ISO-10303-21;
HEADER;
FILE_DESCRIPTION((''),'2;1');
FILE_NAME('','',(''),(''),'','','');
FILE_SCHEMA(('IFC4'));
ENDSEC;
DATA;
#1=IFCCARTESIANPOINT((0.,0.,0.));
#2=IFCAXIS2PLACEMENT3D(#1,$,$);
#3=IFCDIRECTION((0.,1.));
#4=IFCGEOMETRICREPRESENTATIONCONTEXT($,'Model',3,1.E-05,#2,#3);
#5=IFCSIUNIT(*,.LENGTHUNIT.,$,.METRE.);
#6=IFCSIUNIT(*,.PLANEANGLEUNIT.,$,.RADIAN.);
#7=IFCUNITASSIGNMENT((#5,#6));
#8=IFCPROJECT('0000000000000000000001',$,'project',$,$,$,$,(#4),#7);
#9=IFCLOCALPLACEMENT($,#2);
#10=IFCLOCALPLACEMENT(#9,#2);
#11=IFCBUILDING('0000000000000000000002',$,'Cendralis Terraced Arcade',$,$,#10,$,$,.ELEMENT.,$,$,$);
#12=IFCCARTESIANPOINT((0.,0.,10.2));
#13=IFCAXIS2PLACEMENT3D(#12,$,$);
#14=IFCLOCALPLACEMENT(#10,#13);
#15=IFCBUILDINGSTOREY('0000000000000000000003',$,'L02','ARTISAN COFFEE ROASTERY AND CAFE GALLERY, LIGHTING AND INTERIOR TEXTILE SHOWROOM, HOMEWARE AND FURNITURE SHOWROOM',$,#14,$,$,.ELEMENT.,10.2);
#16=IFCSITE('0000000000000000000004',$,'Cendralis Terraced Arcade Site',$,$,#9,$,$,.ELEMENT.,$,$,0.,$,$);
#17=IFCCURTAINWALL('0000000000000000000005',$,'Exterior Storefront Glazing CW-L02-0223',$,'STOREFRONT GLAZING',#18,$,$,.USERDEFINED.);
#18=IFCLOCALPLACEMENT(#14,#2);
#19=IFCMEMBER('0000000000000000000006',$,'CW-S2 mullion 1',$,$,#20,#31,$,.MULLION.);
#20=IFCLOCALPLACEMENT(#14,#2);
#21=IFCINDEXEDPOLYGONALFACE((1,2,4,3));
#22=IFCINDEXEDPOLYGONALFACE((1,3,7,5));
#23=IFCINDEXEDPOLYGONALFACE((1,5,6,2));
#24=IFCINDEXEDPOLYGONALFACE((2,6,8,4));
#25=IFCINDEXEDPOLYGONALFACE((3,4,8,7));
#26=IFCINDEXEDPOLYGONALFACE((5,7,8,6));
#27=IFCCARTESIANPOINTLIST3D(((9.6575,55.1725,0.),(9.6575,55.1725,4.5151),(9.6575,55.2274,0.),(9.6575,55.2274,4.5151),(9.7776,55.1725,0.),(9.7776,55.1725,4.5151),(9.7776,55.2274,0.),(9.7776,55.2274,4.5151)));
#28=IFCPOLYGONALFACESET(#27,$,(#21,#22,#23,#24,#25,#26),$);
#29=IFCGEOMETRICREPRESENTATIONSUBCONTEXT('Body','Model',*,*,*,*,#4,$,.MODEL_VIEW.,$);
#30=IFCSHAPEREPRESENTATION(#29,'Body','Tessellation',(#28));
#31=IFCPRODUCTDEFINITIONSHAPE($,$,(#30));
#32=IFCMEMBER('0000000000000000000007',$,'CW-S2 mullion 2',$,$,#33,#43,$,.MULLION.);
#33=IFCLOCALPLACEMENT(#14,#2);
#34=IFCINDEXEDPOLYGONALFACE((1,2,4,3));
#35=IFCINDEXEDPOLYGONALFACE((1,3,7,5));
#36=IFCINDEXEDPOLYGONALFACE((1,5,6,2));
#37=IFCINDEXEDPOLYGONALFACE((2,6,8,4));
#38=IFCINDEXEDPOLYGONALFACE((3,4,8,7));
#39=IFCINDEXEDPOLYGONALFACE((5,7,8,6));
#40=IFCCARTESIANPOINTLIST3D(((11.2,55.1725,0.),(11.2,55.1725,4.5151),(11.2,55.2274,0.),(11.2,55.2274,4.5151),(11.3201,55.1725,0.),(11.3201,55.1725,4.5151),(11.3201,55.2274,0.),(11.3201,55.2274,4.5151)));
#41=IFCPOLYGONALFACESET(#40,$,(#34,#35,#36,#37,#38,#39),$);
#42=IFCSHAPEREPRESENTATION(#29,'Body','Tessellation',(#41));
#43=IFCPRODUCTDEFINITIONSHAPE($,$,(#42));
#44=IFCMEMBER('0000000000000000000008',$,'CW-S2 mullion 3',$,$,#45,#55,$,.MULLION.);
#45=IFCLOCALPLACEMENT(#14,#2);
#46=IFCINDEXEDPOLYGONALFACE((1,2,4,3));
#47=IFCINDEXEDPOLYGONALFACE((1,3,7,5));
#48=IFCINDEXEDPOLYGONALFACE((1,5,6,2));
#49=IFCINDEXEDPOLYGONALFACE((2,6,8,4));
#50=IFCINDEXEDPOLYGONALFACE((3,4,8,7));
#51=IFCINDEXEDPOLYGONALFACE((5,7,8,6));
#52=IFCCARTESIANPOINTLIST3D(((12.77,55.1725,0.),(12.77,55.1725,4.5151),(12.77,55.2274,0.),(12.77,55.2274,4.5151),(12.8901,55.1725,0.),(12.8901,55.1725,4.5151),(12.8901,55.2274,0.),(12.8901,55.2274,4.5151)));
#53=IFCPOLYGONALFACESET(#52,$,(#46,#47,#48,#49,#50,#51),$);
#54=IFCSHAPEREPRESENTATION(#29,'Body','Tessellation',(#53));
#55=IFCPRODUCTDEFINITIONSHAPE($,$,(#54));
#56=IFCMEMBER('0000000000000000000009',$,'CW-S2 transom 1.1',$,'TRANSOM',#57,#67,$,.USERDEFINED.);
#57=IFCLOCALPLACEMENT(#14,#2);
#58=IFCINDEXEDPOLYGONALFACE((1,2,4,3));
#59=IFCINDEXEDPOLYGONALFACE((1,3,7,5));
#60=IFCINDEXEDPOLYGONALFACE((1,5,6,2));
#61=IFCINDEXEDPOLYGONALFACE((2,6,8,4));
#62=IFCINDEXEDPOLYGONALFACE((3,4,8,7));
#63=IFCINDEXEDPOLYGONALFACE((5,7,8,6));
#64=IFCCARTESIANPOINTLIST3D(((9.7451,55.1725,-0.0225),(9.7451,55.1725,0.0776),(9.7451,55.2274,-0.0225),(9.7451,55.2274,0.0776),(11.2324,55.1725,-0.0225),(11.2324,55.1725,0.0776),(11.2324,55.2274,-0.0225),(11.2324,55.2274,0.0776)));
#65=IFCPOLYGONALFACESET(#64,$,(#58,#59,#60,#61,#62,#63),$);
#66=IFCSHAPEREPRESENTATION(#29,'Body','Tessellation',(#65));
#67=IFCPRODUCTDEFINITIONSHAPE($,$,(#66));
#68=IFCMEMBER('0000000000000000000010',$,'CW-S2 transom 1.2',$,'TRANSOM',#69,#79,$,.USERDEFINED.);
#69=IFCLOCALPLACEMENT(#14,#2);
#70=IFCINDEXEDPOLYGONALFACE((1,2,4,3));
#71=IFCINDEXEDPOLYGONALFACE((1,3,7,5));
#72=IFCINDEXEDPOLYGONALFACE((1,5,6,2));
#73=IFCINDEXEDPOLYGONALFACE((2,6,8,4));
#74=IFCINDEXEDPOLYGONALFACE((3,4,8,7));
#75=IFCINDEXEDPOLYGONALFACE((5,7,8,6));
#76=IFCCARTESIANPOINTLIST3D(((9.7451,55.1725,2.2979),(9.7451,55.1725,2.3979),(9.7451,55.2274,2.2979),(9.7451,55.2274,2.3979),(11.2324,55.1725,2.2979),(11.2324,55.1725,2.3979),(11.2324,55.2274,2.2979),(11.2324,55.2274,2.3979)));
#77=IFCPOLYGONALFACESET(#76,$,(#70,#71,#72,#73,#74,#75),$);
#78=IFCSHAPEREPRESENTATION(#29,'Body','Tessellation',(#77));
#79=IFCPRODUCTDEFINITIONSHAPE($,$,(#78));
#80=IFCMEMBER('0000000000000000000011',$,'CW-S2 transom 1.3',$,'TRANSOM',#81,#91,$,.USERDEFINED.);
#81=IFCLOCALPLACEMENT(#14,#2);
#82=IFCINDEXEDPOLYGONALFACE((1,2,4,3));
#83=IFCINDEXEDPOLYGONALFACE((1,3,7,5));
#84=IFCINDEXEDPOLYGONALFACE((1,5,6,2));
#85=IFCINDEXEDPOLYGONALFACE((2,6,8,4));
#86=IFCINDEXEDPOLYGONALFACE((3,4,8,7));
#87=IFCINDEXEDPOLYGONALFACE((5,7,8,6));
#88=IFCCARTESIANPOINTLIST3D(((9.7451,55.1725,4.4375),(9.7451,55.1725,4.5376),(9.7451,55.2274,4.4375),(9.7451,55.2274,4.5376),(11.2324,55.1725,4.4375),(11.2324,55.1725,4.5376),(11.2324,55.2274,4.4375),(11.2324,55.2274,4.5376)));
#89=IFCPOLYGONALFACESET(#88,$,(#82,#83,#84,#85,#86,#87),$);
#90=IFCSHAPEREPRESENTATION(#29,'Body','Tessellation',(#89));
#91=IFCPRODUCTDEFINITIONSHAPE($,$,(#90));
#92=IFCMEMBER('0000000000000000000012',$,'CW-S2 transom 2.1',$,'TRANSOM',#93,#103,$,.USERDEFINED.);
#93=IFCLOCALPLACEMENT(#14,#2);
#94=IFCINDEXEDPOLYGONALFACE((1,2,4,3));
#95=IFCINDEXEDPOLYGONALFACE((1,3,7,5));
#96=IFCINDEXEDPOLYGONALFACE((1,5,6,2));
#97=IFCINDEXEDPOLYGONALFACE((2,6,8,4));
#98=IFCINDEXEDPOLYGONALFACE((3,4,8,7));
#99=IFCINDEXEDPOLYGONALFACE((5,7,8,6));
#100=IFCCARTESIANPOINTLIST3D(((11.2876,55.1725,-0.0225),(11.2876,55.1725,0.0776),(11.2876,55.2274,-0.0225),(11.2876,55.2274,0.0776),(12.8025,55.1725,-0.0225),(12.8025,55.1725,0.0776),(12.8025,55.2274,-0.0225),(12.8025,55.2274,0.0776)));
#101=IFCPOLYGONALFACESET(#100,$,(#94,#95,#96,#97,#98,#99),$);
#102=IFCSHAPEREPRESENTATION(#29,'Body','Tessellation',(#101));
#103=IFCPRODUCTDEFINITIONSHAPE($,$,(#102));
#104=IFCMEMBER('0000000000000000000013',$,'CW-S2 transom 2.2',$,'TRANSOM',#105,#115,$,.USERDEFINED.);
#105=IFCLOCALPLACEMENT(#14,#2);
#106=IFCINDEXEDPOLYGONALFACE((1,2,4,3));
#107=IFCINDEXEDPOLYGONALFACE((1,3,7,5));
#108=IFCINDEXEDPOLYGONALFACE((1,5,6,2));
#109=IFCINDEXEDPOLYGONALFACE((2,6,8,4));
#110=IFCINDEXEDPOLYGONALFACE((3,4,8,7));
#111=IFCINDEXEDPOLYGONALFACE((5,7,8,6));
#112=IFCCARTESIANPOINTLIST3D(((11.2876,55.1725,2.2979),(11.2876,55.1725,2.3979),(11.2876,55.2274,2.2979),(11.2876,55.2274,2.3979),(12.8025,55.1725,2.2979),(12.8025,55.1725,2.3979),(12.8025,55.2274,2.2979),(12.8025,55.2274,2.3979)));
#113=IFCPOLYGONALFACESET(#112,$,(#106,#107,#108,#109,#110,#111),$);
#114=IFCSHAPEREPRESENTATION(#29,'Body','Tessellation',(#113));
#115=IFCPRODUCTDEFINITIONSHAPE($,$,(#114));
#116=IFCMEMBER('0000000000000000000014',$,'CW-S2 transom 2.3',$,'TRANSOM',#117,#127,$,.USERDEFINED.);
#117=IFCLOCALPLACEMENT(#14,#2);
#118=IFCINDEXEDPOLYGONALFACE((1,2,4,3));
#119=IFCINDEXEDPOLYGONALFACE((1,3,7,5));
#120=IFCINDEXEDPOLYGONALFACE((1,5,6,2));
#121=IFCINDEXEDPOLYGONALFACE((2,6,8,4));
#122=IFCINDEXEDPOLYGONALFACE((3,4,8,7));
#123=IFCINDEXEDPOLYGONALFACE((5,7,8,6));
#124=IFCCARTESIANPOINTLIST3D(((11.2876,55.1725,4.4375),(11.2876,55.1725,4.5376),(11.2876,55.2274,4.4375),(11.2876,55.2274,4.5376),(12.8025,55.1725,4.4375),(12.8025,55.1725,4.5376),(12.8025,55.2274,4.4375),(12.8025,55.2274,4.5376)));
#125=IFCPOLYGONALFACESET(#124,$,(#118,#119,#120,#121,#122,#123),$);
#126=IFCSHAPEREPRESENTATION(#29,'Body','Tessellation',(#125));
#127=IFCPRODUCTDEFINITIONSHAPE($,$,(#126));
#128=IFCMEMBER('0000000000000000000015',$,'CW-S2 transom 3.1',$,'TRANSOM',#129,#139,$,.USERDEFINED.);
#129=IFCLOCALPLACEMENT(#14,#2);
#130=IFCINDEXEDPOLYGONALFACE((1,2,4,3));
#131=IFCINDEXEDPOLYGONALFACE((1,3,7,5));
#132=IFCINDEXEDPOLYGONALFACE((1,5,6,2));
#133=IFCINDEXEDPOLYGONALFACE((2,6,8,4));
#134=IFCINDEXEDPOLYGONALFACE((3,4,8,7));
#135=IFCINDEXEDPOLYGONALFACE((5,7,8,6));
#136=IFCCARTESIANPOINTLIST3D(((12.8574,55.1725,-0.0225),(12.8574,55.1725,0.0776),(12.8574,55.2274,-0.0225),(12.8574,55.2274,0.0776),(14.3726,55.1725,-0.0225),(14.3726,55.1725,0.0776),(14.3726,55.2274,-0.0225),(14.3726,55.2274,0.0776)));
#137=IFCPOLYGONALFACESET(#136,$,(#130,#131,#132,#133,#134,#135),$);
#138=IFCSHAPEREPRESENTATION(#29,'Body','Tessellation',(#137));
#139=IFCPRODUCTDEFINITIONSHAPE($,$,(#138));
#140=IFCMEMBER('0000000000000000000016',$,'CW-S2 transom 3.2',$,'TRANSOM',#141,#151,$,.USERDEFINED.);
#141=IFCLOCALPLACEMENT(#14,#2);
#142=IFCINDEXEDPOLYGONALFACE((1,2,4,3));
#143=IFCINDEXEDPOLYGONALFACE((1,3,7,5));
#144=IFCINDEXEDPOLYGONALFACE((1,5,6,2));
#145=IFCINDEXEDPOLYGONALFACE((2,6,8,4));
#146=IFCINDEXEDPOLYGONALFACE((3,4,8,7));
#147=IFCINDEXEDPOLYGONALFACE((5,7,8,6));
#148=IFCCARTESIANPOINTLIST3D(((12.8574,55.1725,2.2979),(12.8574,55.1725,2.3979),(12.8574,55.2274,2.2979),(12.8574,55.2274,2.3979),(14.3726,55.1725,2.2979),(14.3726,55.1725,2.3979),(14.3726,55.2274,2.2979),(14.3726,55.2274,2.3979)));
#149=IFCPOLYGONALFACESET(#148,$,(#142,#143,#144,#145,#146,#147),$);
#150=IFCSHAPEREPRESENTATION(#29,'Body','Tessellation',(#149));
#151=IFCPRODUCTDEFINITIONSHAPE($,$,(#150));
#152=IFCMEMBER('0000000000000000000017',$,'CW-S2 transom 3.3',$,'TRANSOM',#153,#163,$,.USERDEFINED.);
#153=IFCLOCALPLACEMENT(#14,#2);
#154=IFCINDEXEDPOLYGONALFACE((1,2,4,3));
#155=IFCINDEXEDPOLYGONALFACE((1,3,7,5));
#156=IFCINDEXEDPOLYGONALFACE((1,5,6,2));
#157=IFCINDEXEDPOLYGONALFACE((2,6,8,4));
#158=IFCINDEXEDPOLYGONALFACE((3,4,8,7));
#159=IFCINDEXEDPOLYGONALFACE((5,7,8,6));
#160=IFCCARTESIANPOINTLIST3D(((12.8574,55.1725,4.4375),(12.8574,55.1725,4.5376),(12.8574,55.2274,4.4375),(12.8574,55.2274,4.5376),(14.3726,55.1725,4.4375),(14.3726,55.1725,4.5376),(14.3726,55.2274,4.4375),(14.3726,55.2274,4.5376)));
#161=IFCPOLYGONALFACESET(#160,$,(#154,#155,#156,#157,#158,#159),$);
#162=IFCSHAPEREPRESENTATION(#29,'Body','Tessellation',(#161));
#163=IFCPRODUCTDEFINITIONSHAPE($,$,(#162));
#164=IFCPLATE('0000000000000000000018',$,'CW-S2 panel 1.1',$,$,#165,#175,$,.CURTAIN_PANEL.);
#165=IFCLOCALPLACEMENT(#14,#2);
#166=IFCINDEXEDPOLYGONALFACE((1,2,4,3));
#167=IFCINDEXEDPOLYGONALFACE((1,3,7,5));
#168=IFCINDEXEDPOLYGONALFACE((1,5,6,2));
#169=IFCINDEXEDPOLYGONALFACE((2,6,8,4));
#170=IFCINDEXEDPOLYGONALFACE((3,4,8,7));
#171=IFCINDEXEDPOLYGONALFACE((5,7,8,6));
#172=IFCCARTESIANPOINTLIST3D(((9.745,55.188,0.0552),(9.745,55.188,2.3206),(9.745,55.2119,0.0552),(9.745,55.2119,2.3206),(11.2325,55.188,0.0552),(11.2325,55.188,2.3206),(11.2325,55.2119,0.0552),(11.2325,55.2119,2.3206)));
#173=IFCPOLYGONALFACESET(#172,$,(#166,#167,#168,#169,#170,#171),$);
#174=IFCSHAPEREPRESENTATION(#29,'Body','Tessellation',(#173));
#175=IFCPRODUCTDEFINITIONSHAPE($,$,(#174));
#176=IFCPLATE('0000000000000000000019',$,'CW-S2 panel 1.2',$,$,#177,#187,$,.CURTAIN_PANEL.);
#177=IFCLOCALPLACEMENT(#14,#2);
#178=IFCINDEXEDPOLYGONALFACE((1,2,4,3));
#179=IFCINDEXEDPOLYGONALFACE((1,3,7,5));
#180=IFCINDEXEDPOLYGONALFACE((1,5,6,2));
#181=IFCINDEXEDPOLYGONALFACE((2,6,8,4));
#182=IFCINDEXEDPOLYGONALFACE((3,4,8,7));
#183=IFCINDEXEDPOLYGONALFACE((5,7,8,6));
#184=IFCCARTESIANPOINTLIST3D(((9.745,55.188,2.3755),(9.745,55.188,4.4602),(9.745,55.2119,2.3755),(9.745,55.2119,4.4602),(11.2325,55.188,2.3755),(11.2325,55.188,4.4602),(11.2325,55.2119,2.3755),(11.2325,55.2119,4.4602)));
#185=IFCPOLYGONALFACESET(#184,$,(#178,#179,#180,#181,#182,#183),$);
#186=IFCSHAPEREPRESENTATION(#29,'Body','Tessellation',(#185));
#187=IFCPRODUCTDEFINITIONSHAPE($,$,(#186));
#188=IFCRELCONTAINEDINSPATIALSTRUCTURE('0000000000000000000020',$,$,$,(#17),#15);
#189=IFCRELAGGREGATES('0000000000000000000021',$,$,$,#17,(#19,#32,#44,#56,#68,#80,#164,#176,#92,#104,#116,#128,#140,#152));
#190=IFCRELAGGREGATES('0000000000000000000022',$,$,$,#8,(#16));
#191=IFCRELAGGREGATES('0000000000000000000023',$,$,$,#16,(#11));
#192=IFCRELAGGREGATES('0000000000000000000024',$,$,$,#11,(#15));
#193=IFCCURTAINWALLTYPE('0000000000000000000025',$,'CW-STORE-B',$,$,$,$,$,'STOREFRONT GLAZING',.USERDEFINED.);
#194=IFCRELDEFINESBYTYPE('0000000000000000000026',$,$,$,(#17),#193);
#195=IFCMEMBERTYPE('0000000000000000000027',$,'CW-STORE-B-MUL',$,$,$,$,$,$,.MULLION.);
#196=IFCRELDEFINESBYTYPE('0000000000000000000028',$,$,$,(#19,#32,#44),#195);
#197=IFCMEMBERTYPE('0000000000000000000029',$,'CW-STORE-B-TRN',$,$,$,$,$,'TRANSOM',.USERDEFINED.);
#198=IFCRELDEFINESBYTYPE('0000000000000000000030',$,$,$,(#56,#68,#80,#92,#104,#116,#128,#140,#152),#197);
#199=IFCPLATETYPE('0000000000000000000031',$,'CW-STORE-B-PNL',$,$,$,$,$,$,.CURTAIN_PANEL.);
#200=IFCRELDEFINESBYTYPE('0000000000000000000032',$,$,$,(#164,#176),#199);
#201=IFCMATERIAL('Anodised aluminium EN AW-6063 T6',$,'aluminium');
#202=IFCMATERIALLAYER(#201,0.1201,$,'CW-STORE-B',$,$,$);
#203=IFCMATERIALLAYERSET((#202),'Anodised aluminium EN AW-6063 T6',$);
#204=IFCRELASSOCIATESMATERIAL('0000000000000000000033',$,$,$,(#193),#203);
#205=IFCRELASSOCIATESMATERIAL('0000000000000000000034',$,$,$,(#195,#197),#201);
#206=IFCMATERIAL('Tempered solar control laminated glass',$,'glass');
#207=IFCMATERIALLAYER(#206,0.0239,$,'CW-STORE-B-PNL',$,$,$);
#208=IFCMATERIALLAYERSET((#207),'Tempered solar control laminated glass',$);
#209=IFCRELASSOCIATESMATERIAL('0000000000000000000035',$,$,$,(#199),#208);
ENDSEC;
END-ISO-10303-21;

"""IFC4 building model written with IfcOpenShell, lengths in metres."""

from ifc_helpers import new_model, si_unit, direction, frame, origin, origin_2d, place, context, subcontext, project, spatial, rectangle, extrude, material, layer, layer_set, material_profile, profile_set, type_object, element, aggregate, save


model = new_model("IFC4")

# Units and contexts
model_context = context("Model", 3, precision=1e-05, world=origin(), true_north=direction((0.0, 1.0)))
body_context = subcontext(model_context, "Body", "Model", "MODEL_VIEW")
ifc_project = project(units=[si_unit("LENGTHUNIT", "METRE"), si_unit("PLANEANGLEUNIT", "RADIAN")], contexts=[model_context])

# Site, building, storey
site_placement = place(None, origin())
site = spatial("IfcSite", under=ifc_project, at=site_placement, Name="Cendralis Terraced Arcade Site", CompositionType="ELEMENT", RefElevation=0.0)
building_placement = place(site_placement, origin())
building = spatial("IfcBuilding", under=site, at=building_placement, Name="Cendralis Terraced Arcade", CompositionType="ELEMENT")
storey_placement = place(building_placement, frame((0.0, 0.0, 10.2)))
storey = spatial("IfcBuildingStorey", under=building, at=storey_placement, Name="L02", Description="ARTISAN COFFEE ROASTERY AND CAFE GALLERY, LIGHTING AND INTERIOR TEXTILE SHOWROOM, HOMEWARE AND FURNITURE SHOWROOM", CompositionType="ELEMENT", Elevation=10.2)

# Curtain wall, members, plates
ifc_material_1 = material(Name="Anodised aluminium EN AW-6063 T6", Category="aluminium")
ifc_layer_1 = layer(ifc_material_1, 0.1201, Name="CW-STORE-B")
ifc_layer_set_1 = layer_set([ifc_layer_1], Name="Anodised aluminium EN AW-6063 T6")
curtain_wall_type = type_object("IfcCurtainWallType", Name="CW-STORE-B", ElementType="STOREFRONT GLAZING", PredefinedType="USERDEFINED", material=ifc_layer_set_1)
curtain_wall_placement = place(storey_placement, origin())
curtain_wall = element("IfcCurtainWall", 1, at=curtain_wall_placement, inside=storey, type_object=curtain_wall_type, Name="Exterior Storefront Glazing CW-L02-0223", ObjectType="STOREFRONT GLAZING", PredefinedType="USERDEFINED")
ifc_material_profile_1 = material_profile(ifc_material_1, rectangle(XDim=0.0549, YDim=0.1201, at=origin_2d()), Name="ALU-MUL-55x120")
ifc_profile_set_1 = profile_set([ifc_material_profile_1], Name="Anodised aluminium EN AW-6063 T6")
member_type_1 = type_object("IfcMemberType", Name="CW-STORE-B-MUL", PredefinedType="MULLION", material=ifc_profile_set_1)
member_1_placement = place(storey_placement, frame((9.7175, 55.2, 0.0), z_axis=(0.0, 0.0, 1.0), x_axis=(0.0, 1.0, 0.0)))
member_1 = element("IfcMember", 2, at=member_1_placement, type_object=member_type_1, Name="CW-S2 mullion 1", PredefinedType="MULLION", context=body_context, shape_type="SweptSolid", body=[
    extrude(rectangle(XDim=0.0549, YDim=0.1201, at=origin_2d()), origin(), (0.0, 0.0, 1.0), 4.5151),
])
member_2_placement = place(storey_placement, frame((11.26, 55.2, 0.0), z_axis=(0.0, 0.0, 1.0), x_axis=(0.0, 1.0, 0.0)))
member_2 = element("IfcMember", 3, at=member_2_placement, type_object=member_type_1, Name="CW-S2 mullion 2", PredefinedType="MULLION", context=body_context, shape_type="SweptSolid", body=[
    extrude(rectangle(XDim=0.0549, YDim=0.1201, at=origin_2d()), origin(), (0.0, 0.0, 1.0), 4.5151),
])
member_3_placement = place(storey_placement, frame((12.8301, 55.2, 0.0), z_axis=(0.0, 0.0, 1.0), x_axis=(0.0, 1.0, 0.0)))
member_3 = element("IfcMember", 4, at=member_3_placement, type_object=member_type_1, Name="CW-S2 mullion 3", PredefinedType="MULLION", context=body_context, shape_type="SweptSolid", body=[
    extrude(rectangle(XDim=0.0549, YDim=0.1201, at=origin_2d()), origin(), (0.0, 0.0, 1.0), 4.5151),
])
ifc_material_profile_2 = material_profile(ifc_material_1, rectangle(XDim=0.0549, YDim=0.1001, at=origin_2d()), Name="ALU-TRN-55x100")
ifc_profile_set_2 = profile_set([ifc_material_profile_2], Name="Anodised aluminium EN AW-6063 T6")
member_type_2 = type_object("IfcMemberType", Name="CW-STORE-B-TRN", ElementType="TRANSOM", PredefinedType="USERDEFINED", material=ifc_profile_set_2)
member_4_placement = place(storey_placement, frame((9.7451, 55.2, 0.0276), z_axis=(1.0, 0.0, 0.0), x_axis=(0.0, 1.0, 0.0)))
member_4 = element("IfcMember", 5, at=member_4_placement, type_object=member_type_2, Name="CW-S2 transom 1.1", ObjectType="TRANSOM", PredefinedType="USERDEFINED", context=body_context, shape_type="SweptSolid", body=[
    extrude(rectangle(XDim=0.0549, YDim=0.1001, at=origin_2d()), origin(), (0.0, 0.0, 1.0), 1.4873),
])
member_5_placement = place(storey_placement, frame((9.7451, 55.2, 2.3479), z_axis=(1.0, 0.0, 0.0), x_axis=(0.0, 1.0, 0.0)))
member_5 = element("IfcMember", 6, at=member_5_placement, type_object=member_type_2, Name="CW-S2 transom 1.2", ObjectType="TRANSOM", PredefinedType="USERDEFINED", context=body_context, shape_type="SweptSolid", body=[
    extrude(rectangle(XDim=0.0549, YDim=0.1001, at=origin_2d()), origin(), (0.0, 0.0, 1.0), 1.4873),
])
member_6_placement = place(storey_placement, frame((9.7451, 55.2, 4.4875), z_axis=(1.0, 0.0, 0.0), x_axis=(0.0, 1.0, 0.0)))
member_6 = element("IfcMember", 7, at=member_6_placement, type_object=member_type_2, Name="CW-S2 transom 1.3", ObjectType="TRANSOM", PredefinedType="USERDEFINED", context=body_context, shape_type="SweptSolid", body=[
    extrude(rectangle(XDim=0.0549, YDim=0.1001, at=origin_2d()), origin(), (0.0, 0.0, 1.0), 1.4873),
])
member_7_placement = place(storey_placement, frame((11.2876, 55.2, 0.0276), z_axis=(1.0, 0.0, 0.0), x_axis=(0.0, 1.0, 0.0)))
member_7 = element("IfcMember", 8, at=member_7_placement, type_object=member_type_2, Name="CW-S2 transom 2.1", ObjectType="TRANSOM", PredefinedType="USERDEFINED", context=body_context, shape_type="SweptSolid", body=[
    extrude(rectangle(XDim=0.0549, YDim=0.1001, at=origin_2d()), origin(), (0.0, 0.0, 1.0), 1.5149),
])
member_8_placement = place(storey_placement, frame((11.2876, 55.2, 2.3479), z_axis=(1.0, 0.0, 0.0), x_axis=(0.0, 1.0, 0.0)))
member_8 = element("IfcMember", 9, at=member_8_placement, type_object=member_type_2, Name="CW-S2 transom 2.2", ObjectType="TRANSOM", PredefinedType="USERDEFINED", context=body_context, shape_type="SweptSolid", body=[
    extrude(rectangle(XDim=0.0549, YDim=0.1001, at=origin_2d()), origin(), (0.0, 0.0, 1.0), 1.5149),
])
member_9_placement = place(storey_placement, frame((11.2876, 55.2, 4.4875), z_axis=(1.0, 0.0, 0.0), x_axis=(0.0, 1.0, 0.0)))
member_9 = element("IfcMember", 10, at=member_9_placement, type_object=member_type_2, Name="CW-S2 transom 2.3", ObjectType="TRANSOM", PredefinedType="USERDEFINED", context=body_context, shape_type="SweptSolid", body=[
    extrude(rectangle(XDim=0.0549, YDim=0.1001, at=origin_2d()), origin(), (0.0, 0.0, 1.0), 1.5149),
])
member_10_placement = place(storey_placement, frame((12.8574, 55.2, 0.0276), z_axis=(1.0, 0.0, 0.0), x_axis=(0.0, 1.0, 0.0)))
member_10 = element("IfcMember", 11, at=member_10_placement, type_object=member_type_2, Name="CW-S2 transom 3.1", ObjectType="TRANSOM", PredefinedType="USERDEFINED", context=body_context, shape_type="SweptSolid", body=[
    extrude(rectangle(XDim=0.0549, YDim=0.1001, at=origin_2d()), origin(), (0.0, 0.0, 1.0), 1.5151),
])
member_11_placement = place(storey_placement, frame((12.8574, 55.2, 2.3479), z_axis=(1.0, 0.0, 0.0), x_axis=(0.0, 1.0, 0.0)))
member_11 = element("IfcMember", 12, at=member_11_placement, type_object=member_type_2, Name="CW-S2 transom 3.2", ObjectType="TRANSOM", PredefinedType="USERDEFINED", context=body_context, shape_type="SweptSolid", body=[
    extrude(rectangle(XDim=0.0549, YDim=0.1001, at=origin_2d()), origin(), (0.0, 0.0, 1.0), 1.5151),
])
member_12_placement = place(storey_placement, frame((12.8574, 55.2, 4.4875), z_axis=(1.0, 0.0, 0.0), x_axis=(0.0, 1.0, 0.0)))
member_12 = element("IfcMember", 13, at=member_12_placement, type_object=member_type_2, Name="CW-S2 transom 3.3", ObjectType="TRANSOM", PredefinedType="USERDEFINED", context=body_context, shape_type="SweptSolid", body=[
    extrude(rectangle(XDim=0.0549, YDim=0.1001, at=origin_2d()), origin(), (0.0, 0.0, 1.0), 1.5151),
])
ifc_material_2 = material(Name="Tempered solar control laminated glass", Category="glass")
ifc_layer_2 = layer(ifc_material_2, 0.0239, Name="CW-STORE-B-PNL")
ifc_layer_set_2 = layer_set([ifc_layer_2], Name="Tempered solar control laminated glass")
plate_type = type_object("IfcPlateType", Name="CW-STORE-B-PNL", PredefinedType="CURTAIN_PANEL", material=ifc_layer_set_2)
plate_1_placement = place(storey_placement, frame((10.4888, 55.2, 0.0552), z_axis=(0.0, 0.0, 1.0), x_axis=(1.0, 0.0, 0.0)))
plate_1 = element("IfcPlate", 14, at=plate_1_placement, type_object=plate_type, Name="CW-S2 panel 1.1", PredefinedType="CURTAIN_PANEL", context=body_context, shape_type="SweptSolid", body=[
    extrude(rectangle(XDim=1.4875, YDim=0.0239, at=origin_2d()), origin(), (0.0, 0.0, 1.0), 2.2654),
])
plate_2_placement = place(storey_placement, frame((10.4888, 55.2, 2.3755), z_axis=(0.0, 0.0, 1.0), x_axis=(1.0, 0.0, 0.0)))
plate_2 = element("IfcPlate", 15, at=plate_2_placement, type_object=plate_type, Name="CW-S2 panel 1.2", PredefinedType="CURTAIN_PANEL", context=body_context, shape_type="SweptSolid", body=[
    extrude(rectangle(XDim=1.4875, YDim=0.0239, at=origin_2d()), origin(), (0.0, 0.0, 1.0), 2.0847),
])
aggregate(curtain_wall, [member_1, member_2, member_3, member_4, member_5, member_6, plate_1, plate_2, member_7, member_8, member_9, member_10, member_11, member_12])

save(model, "model.ifc")
